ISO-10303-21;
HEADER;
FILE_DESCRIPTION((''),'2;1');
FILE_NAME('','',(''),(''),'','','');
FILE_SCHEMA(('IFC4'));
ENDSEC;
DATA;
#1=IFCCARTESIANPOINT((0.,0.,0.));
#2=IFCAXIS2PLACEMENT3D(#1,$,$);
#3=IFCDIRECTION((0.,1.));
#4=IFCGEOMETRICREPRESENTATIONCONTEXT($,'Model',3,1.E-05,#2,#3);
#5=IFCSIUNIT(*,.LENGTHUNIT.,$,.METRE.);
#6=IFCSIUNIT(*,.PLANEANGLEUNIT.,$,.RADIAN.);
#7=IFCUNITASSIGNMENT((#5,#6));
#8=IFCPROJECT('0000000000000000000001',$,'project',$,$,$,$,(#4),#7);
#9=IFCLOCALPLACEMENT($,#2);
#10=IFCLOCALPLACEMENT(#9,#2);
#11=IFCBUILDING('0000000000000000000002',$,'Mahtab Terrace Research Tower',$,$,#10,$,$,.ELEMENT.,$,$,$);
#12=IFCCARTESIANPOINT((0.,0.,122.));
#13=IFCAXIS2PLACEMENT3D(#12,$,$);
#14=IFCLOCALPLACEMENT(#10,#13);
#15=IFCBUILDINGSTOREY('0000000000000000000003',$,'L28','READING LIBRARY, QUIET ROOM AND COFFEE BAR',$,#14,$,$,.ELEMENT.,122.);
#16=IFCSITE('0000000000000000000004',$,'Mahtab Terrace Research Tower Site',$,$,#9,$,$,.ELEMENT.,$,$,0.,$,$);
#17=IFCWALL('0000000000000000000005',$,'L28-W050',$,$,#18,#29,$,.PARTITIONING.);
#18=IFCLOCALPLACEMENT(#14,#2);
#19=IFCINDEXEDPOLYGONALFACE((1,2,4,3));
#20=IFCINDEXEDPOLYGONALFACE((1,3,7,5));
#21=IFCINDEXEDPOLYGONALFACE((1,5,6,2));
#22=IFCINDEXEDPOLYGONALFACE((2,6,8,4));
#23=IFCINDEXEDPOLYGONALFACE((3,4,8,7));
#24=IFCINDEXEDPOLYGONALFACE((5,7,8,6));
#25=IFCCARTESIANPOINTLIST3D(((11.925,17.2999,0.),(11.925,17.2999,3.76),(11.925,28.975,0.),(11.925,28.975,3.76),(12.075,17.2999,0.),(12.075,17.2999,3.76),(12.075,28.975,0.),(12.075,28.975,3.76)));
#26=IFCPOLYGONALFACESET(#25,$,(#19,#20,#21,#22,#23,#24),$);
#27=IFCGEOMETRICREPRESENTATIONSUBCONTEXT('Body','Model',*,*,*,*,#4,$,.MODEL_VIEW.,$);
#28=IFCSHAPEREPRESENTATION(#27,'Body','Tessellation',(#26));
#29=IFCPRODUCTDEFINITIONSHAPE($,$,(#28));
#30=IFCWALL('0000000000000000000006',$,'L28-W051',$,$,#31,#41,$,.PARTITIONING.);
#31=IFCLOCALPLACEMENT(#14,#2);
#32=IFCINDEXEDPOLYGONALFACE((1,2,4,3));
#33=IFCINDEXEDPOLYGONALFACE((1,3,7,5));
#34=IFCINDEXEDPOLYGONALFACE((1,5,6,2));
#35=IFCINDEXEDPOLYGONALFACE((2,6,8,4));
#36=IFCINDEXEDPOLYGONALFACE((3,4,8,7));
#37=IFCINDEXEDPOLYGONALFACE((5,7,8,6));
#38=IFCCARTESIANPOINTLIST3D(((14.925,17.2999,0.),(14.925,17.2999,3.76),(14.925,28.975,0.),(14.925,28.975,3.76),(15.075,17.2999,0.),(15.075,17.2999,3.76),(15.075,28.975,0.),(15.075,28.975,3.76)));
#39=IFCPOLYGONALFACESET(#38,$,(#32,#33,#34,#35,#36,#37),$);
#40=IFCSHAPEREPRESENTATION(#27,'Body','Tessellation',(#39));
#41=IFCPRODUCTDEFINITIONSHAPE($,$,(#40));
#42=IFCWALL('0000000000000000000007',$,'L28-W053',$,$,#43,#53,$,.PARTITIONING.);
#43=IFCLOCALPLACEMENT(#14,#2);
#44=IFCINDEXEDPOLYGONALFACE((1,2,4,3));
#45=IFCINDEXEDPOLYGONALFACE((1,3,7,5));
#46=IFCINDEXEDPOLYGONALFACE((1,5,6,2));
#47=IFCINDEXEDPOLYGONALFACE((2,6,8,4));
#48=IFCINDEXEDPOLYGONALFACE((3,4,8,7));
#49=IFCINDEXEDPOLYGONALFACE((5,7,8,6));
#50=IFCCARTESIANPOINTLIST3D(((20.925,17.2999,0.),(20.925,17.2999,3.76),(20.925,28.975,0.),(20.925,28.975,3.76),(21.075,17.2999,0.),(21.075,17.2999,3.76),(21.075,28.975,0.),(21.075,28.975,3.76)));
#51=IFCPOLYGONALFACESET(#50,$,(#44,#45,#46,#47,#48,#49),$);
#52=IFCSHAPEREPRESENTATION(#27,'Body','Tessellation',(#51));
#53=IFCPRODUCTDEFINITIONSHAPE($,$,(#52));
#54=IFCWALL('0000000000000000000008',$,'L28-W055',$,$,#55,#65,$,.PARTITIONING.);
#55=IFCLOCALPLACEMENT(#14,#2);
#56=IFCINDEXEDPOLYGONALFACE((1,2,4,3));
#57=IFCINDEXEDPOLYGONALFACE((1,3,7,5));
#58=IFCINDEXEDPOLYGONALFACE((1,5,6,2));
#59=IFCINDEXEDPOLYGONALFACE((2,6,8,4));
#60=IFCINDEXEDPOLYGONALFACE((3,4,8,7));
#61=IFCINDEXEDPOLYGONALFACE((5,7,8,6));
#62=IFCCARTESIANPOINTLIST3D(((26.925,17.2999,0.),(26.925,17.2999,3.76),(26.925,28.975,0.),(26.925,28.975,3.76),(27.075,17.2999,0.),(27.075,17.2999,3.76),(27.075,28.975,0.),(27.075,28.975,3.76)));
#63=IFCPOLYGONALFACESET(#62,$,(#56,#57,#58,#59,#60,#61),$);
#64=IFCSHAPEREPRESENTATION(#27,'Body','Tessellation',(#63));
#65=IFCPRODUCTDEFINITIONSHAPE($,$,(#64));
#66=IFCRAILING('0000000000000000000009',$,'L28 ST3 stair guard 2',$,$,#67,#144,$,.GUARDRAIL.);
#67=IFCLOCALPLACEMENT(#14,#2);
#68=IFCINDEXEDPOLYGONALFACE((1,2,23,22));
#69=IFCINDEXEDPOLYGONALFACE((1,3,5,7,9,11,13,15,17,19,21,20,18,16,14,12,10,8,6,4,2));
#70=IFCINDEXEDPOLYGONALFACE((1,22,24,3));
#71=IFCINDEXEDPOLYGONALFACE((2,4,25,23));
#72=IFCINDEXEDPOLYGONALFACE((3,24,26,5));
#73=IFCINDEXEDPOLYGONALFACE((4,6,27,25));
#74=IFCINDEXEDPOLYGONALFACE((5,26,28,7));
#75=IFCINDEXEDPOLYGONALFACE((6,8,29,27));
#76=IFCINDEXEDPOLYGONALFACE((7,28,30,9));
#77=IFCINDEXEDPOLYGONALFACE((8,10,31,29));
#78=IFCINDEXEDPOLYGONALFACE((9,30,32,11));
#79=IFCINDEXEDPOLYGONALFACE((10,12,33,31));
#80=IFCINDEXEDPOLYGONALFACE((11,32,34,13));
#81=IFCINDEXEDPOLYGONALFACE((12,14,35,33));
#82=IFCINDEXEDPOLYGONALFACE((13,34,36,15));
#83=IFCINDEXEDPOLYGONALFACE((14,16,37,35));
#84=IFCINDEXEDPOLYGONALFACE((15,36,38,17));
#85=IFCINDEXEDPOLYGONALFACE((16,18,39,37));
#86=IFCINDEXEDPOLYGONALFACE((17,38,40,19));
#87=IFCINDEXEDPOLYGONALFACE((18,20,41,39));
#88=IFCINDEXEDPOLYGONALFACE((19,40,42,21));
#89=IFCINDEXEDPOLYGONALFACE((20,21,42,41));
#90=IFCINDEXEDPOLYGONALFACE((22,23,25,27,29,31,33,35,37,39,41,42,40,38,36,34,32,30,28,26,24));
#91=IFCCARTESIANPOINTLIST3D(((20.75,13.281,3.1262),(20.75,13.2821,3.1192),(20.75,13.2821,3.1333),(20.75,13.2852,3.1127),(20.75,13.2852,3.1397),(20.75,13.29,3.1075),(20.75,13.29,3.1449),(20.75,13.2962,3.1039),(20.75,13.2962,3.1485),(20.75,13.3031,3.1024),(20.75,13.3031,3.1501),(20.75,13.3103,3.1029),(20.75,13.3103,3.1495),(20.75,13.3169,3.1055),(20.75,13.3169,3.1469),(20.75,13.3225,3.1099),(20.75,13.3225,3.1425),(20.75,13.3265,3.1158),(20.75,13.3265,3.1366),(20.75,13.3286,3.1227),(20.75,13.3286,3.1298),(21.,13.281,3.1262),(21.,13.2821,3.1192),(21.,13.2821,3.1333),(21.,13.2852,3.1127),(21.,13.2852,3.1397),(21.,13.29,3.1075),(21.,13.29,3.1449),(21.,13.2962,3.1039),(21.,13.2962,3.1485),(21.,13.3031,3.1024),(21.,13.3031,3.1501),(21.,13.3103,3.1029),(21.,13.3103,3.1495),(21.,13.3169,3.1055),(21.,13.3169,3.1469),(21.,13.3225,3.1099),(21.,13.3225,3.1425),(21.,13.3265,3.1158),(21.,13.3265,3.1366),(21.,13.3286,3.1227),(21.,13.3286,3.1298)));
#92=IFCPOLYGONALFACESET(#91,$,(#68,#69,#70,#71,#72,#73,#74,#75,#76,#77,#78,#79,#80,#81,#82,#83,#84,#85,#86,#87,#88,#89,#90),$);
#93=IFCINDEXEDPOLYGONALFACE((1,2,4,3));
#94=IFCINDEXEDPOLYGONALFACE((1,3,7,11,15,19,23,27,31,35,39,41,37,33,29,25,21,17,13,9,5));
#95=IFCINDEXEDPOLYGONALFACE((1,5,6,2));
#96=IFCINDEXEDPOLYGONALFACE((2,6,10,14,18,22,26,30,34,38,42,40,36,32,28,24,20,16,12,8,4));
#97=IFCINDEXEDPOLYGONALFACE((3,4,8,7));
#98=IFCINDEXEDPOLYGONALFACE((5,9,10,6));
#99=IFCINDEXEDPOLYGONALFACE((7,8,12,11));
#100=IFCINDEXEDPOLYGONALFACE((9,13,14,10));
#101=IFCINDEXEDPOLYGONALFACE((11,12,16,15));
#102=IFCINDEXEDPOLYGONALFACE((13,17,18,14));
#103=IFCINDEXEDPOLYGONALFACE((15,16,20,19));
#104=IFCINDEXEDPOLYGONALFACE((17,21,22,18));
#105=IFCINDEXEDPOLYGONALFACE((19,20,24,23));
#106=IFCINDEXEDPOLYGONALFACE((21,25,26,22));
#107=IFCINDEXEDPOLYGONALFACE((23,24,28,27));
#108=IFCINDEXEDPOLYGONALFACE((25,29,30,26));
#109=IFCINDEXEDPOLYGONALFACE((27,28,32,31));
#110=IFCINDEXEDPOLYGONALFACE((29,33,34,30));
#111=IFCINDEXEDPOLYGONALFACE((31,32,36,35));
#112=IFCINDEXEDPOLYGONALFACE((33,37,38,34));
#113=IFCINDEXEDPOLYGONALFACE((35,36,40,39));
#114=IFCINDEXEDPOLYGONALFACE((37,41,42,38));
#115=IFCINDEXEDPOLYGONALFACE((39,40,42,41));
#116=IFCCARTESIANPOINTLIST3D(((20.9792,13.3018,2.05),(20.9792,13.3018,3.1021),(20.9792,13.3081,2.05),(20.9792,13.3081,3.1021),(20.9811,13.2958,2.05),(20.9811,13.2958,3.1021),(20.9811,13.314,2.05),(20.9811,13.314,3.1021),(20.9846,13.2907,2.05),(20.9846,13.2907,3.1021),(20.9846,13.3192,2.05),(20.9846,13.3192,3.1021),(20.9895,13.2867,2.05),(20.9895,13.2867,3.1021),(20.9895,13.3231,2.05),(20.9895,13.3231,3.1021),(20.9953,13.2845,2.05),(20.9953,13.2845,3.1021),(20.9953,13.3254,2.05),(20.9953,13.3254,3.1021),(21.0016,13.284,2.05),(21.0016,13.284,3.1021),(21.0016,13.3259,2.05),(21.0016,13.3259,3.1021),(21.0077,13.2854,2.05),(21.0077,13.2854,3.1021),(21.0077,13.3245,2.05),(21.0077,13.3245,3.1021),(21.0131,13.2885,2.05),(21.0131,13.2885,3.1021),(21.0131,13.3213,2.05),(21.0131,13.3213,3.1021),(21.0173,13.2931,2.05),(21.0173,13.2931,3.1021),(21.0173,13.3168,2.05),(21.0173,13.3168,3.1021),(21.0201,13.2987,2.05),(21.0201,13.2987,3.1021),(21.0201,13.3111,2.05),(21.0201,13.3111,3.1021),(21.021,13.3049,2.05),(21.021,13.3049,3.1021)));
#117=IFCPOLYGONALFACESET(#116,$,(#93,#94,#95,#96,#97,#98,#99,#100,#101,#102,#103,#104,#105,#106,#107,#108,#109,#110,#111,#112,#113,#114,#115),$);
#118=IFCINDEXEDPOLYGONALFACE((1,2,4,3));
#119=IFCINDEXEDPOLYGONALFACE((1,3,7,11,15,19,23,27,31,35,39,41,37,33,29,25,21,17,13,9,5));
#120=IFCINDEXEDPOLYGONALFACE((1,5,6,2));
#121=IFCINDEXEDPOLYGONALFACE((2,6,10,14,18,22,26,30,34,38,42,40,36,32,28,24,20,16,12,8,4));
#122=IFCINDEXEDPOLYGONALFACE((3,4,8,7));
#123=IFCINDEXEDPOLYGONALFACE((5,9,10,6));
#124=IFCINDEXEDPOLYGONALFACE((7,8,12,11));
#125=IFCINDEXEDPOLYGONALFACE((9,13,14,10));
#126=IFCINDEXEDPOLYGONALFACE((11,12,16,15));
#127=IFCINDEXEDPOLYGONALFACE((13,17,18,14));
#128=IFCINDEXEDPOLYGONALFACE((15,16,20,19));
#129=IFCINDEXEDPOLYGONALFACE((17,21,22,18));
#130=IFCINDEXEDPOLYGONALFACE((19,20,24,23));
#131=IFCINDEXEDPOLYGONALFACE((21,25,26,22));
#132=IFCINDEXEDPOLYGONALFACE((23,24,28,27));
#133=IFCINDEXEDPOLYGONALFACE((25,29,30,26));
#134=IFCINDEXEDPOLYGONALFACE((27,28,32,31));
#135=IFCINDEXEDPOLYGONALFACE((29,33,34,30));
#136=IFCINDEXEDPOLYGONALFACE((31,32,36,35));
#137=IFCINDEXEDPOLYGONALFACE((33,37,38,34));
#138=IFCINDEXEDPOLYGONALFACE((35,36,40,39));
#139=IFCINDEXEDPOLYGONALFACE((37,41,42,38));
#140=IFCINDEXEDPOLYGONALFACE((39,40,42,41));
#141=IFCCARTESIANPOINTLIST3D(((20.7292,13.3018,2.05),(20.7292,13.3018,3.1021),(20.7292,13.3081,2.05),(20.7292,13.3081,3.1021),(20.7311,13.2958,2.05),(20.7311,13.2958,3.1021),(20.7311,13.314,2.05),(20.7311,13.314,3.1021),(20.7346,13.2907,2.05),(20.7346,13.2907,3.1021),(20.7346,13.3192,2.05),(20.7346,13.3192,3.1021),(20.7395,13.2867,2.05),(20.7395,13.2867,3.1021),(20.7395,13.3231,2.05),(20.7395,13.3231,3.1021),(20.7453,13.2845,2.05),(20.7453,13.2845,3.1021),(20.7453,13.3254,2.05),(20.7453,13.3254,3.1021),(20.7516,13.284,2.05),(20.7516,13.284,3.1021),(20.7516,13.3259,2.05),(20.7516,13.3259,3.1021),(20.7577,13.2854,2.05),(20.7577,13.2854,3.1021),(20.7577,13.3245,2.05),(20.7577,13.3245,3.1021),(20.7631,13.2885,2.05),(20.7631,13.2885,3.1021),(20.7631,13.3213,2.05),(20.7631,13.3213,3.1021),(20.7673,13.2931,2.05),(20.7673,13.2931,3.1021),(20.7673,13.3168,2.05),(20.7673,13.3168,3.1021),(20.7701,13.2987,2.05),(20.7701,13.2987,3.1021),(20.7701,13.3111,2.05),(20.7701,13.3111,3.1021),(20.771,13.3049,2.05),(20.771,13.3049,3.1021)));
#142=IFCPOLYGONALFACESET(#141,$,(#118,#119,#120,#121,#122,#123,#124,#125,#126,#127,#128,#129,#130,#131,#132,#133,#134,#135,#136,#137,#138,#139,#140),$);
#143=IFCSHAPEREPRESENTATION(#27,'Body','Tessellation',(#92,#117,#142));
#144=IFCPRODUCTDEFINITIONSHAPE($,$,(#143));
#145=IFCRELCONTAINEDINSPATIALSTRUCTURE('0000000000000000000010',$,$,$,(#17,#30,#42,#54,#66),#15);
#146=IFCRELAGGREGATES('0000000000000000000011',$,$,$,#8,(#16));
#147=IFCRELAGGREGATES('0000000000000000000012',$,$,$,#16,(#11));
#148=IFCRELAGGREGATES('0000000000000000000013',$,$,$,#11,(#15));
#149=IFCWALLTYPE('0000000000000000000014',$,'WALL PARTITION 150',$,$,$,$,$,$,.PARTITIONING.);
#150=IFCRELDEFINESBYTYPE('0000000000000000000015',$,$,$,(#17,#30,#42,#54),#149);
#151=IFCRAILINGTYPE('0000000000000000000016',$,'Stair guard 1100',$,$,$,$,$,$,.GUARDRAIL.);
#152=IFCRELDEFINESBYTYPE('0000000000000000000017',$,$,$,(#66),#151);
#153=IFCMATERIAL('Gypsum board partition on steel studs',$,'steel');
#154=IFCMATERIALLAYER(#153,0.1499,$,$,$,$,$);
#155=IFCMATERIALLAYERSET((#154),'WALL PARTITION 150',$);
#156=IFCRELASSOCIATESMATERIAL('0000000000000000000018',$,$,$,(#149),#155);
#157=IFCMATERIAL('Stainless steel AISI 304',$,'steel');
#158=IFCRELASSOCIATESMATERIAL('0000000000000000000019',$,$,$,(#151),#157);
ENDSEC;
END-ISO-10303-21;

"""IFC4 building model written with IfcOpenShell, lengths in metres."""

from ifc_helpers import new_model, si_unit, direction, frame, frame_2d, origin, origin_2d, place, context, subcontext, project, spatial, rectangle, circle, extrude, material, layer, layer_set, type_object, element, save


model = new_model("IFC4")

# Units and contexts
model_context = context("Model", 3, precision=1e-05, world=origin(), true_north=direction((0.0, 1.0)))
body_context = subcontext(model_context, "Body", "Model", "MODEL_VIEW")
ifc_project = project(units=[si_unit("LENGTHUNIT", "METRE"), si_unit("PLANEANGLEUNIT", "RADIAN")], contexts=[model_context])

# Site, building, storey
site_placement = place(None, origin())
site = spatial("IfcSite", under=ifc_project, at=site_placement, Name="Mahtab Terrace Research Tower Site", CompositionType="ELEMENT", RefElevation=0.0)
building_placement = place(site_placement, origin())
building = spatial("IfcBuilding", under=site, at=building_placement, Name="Mahtab Terrace Research Tower", CompositionType="ELEMENT")
storey_placement = place(building_placement, frame((0.0, 0.0, 122.0)))
storey = spatial("IfcBuildingStorey", under=building, at=storey_placement, Name="L28", Description="READING LIBRARY, QUIET ROOM AND COFFEE BAR", CompositionType="ELEMENT", Elevation=122.0)

# Shared definitions
ifc_material_1 = material(Name="Stainless steel AISI 304", Category="steel")

# Walls
ifc_material_2 = material(Name="Gypsum board partition on steel studs", Category="steel")
ifc_layer_1 = layer(ifc_material_2, 0.1499)
ifc_layer_set_1 = layer_set([ifc_layer_1], Name="WALL PARTITION 150")
wall_type_1 = type_object("IfcWallType", Name="WALL PARTITION 150", PredefinedType="PARTITIONING", material=ifc_layer_set_1)
for number, where, z_axis, x_axis, name in (
    (1, (12.0, 17.3, 0.0), (0.0, 0.0, 1.0), (0.0, 1.0, 0.0), "L28-W050"),
    (2, (15.0, 17.3, 0.0), (0.0, 0.0, 1.0), (0.0, 1.0, 0.0), "L28-W051"),
    (3, (21.0, 17.3, 0.0), (0.0, 0.0, 1.0), (0.0, 1.0, 0.0), "L28-W053"),
    (4, (27.0, 17.3, 0.0), (0.0, 0.0, 1.0), (0.0, 1.0, 0.0), "L28-W055"),
):
    element("IfcWall", number, at=place(storey_placement, frame(where, z_axis=z_axis, x_axis=x_axis)), inside=storey, type_object=wall_type_1, Name=name, PredefinedType="PARTITIONING", context=body_context, shape_type="SweptSolid", body=[
        extrude(rectangle(XDim=11.675, YDim=0.1499, at=frame_2d((5.8374, 0.0))), origin(), (0.0, 0.0, 1.0), 3.76),
    ])

# Railing
railing_type = type_object("IfcRailingType", Name="Stair guard 1100", PredefinedType="GUARDRAIL", material=ifc_material_1)
railing_1_placement = place(storey_placement, frame((21.0, 13.3049, 2.05)))
element("IfcRailing", 5, at=railing_1_placement, inside=storey, type_object=railing_type, Name="L28 ST3 stair guard 2", PredefinedType="GUARDRAIL", context=body_context, shape_type="SweptSolid", body=[
    extrude(circle(Radius=0.0239, at=origin_2d()), frame((0.0, 0.0, 1.0762), z_axis=(-1.0, 0.0, 0.0), x_axis=(0.0, -1.0, 0.0)), (0.0, 0.0, 1.0), 0.25),
    extrude(circle(Radius=0.021, at=origin_2d()), origin(), (0.0, 0.0, 1.0), 1.052),
    extrude(circle(Radius=0.021, at=origin_2d()), frame((-0.25, 0.0, 0.0)), (0.0, 0.0, 1.0), 1.052),
])

save(model, "model.ifc")
